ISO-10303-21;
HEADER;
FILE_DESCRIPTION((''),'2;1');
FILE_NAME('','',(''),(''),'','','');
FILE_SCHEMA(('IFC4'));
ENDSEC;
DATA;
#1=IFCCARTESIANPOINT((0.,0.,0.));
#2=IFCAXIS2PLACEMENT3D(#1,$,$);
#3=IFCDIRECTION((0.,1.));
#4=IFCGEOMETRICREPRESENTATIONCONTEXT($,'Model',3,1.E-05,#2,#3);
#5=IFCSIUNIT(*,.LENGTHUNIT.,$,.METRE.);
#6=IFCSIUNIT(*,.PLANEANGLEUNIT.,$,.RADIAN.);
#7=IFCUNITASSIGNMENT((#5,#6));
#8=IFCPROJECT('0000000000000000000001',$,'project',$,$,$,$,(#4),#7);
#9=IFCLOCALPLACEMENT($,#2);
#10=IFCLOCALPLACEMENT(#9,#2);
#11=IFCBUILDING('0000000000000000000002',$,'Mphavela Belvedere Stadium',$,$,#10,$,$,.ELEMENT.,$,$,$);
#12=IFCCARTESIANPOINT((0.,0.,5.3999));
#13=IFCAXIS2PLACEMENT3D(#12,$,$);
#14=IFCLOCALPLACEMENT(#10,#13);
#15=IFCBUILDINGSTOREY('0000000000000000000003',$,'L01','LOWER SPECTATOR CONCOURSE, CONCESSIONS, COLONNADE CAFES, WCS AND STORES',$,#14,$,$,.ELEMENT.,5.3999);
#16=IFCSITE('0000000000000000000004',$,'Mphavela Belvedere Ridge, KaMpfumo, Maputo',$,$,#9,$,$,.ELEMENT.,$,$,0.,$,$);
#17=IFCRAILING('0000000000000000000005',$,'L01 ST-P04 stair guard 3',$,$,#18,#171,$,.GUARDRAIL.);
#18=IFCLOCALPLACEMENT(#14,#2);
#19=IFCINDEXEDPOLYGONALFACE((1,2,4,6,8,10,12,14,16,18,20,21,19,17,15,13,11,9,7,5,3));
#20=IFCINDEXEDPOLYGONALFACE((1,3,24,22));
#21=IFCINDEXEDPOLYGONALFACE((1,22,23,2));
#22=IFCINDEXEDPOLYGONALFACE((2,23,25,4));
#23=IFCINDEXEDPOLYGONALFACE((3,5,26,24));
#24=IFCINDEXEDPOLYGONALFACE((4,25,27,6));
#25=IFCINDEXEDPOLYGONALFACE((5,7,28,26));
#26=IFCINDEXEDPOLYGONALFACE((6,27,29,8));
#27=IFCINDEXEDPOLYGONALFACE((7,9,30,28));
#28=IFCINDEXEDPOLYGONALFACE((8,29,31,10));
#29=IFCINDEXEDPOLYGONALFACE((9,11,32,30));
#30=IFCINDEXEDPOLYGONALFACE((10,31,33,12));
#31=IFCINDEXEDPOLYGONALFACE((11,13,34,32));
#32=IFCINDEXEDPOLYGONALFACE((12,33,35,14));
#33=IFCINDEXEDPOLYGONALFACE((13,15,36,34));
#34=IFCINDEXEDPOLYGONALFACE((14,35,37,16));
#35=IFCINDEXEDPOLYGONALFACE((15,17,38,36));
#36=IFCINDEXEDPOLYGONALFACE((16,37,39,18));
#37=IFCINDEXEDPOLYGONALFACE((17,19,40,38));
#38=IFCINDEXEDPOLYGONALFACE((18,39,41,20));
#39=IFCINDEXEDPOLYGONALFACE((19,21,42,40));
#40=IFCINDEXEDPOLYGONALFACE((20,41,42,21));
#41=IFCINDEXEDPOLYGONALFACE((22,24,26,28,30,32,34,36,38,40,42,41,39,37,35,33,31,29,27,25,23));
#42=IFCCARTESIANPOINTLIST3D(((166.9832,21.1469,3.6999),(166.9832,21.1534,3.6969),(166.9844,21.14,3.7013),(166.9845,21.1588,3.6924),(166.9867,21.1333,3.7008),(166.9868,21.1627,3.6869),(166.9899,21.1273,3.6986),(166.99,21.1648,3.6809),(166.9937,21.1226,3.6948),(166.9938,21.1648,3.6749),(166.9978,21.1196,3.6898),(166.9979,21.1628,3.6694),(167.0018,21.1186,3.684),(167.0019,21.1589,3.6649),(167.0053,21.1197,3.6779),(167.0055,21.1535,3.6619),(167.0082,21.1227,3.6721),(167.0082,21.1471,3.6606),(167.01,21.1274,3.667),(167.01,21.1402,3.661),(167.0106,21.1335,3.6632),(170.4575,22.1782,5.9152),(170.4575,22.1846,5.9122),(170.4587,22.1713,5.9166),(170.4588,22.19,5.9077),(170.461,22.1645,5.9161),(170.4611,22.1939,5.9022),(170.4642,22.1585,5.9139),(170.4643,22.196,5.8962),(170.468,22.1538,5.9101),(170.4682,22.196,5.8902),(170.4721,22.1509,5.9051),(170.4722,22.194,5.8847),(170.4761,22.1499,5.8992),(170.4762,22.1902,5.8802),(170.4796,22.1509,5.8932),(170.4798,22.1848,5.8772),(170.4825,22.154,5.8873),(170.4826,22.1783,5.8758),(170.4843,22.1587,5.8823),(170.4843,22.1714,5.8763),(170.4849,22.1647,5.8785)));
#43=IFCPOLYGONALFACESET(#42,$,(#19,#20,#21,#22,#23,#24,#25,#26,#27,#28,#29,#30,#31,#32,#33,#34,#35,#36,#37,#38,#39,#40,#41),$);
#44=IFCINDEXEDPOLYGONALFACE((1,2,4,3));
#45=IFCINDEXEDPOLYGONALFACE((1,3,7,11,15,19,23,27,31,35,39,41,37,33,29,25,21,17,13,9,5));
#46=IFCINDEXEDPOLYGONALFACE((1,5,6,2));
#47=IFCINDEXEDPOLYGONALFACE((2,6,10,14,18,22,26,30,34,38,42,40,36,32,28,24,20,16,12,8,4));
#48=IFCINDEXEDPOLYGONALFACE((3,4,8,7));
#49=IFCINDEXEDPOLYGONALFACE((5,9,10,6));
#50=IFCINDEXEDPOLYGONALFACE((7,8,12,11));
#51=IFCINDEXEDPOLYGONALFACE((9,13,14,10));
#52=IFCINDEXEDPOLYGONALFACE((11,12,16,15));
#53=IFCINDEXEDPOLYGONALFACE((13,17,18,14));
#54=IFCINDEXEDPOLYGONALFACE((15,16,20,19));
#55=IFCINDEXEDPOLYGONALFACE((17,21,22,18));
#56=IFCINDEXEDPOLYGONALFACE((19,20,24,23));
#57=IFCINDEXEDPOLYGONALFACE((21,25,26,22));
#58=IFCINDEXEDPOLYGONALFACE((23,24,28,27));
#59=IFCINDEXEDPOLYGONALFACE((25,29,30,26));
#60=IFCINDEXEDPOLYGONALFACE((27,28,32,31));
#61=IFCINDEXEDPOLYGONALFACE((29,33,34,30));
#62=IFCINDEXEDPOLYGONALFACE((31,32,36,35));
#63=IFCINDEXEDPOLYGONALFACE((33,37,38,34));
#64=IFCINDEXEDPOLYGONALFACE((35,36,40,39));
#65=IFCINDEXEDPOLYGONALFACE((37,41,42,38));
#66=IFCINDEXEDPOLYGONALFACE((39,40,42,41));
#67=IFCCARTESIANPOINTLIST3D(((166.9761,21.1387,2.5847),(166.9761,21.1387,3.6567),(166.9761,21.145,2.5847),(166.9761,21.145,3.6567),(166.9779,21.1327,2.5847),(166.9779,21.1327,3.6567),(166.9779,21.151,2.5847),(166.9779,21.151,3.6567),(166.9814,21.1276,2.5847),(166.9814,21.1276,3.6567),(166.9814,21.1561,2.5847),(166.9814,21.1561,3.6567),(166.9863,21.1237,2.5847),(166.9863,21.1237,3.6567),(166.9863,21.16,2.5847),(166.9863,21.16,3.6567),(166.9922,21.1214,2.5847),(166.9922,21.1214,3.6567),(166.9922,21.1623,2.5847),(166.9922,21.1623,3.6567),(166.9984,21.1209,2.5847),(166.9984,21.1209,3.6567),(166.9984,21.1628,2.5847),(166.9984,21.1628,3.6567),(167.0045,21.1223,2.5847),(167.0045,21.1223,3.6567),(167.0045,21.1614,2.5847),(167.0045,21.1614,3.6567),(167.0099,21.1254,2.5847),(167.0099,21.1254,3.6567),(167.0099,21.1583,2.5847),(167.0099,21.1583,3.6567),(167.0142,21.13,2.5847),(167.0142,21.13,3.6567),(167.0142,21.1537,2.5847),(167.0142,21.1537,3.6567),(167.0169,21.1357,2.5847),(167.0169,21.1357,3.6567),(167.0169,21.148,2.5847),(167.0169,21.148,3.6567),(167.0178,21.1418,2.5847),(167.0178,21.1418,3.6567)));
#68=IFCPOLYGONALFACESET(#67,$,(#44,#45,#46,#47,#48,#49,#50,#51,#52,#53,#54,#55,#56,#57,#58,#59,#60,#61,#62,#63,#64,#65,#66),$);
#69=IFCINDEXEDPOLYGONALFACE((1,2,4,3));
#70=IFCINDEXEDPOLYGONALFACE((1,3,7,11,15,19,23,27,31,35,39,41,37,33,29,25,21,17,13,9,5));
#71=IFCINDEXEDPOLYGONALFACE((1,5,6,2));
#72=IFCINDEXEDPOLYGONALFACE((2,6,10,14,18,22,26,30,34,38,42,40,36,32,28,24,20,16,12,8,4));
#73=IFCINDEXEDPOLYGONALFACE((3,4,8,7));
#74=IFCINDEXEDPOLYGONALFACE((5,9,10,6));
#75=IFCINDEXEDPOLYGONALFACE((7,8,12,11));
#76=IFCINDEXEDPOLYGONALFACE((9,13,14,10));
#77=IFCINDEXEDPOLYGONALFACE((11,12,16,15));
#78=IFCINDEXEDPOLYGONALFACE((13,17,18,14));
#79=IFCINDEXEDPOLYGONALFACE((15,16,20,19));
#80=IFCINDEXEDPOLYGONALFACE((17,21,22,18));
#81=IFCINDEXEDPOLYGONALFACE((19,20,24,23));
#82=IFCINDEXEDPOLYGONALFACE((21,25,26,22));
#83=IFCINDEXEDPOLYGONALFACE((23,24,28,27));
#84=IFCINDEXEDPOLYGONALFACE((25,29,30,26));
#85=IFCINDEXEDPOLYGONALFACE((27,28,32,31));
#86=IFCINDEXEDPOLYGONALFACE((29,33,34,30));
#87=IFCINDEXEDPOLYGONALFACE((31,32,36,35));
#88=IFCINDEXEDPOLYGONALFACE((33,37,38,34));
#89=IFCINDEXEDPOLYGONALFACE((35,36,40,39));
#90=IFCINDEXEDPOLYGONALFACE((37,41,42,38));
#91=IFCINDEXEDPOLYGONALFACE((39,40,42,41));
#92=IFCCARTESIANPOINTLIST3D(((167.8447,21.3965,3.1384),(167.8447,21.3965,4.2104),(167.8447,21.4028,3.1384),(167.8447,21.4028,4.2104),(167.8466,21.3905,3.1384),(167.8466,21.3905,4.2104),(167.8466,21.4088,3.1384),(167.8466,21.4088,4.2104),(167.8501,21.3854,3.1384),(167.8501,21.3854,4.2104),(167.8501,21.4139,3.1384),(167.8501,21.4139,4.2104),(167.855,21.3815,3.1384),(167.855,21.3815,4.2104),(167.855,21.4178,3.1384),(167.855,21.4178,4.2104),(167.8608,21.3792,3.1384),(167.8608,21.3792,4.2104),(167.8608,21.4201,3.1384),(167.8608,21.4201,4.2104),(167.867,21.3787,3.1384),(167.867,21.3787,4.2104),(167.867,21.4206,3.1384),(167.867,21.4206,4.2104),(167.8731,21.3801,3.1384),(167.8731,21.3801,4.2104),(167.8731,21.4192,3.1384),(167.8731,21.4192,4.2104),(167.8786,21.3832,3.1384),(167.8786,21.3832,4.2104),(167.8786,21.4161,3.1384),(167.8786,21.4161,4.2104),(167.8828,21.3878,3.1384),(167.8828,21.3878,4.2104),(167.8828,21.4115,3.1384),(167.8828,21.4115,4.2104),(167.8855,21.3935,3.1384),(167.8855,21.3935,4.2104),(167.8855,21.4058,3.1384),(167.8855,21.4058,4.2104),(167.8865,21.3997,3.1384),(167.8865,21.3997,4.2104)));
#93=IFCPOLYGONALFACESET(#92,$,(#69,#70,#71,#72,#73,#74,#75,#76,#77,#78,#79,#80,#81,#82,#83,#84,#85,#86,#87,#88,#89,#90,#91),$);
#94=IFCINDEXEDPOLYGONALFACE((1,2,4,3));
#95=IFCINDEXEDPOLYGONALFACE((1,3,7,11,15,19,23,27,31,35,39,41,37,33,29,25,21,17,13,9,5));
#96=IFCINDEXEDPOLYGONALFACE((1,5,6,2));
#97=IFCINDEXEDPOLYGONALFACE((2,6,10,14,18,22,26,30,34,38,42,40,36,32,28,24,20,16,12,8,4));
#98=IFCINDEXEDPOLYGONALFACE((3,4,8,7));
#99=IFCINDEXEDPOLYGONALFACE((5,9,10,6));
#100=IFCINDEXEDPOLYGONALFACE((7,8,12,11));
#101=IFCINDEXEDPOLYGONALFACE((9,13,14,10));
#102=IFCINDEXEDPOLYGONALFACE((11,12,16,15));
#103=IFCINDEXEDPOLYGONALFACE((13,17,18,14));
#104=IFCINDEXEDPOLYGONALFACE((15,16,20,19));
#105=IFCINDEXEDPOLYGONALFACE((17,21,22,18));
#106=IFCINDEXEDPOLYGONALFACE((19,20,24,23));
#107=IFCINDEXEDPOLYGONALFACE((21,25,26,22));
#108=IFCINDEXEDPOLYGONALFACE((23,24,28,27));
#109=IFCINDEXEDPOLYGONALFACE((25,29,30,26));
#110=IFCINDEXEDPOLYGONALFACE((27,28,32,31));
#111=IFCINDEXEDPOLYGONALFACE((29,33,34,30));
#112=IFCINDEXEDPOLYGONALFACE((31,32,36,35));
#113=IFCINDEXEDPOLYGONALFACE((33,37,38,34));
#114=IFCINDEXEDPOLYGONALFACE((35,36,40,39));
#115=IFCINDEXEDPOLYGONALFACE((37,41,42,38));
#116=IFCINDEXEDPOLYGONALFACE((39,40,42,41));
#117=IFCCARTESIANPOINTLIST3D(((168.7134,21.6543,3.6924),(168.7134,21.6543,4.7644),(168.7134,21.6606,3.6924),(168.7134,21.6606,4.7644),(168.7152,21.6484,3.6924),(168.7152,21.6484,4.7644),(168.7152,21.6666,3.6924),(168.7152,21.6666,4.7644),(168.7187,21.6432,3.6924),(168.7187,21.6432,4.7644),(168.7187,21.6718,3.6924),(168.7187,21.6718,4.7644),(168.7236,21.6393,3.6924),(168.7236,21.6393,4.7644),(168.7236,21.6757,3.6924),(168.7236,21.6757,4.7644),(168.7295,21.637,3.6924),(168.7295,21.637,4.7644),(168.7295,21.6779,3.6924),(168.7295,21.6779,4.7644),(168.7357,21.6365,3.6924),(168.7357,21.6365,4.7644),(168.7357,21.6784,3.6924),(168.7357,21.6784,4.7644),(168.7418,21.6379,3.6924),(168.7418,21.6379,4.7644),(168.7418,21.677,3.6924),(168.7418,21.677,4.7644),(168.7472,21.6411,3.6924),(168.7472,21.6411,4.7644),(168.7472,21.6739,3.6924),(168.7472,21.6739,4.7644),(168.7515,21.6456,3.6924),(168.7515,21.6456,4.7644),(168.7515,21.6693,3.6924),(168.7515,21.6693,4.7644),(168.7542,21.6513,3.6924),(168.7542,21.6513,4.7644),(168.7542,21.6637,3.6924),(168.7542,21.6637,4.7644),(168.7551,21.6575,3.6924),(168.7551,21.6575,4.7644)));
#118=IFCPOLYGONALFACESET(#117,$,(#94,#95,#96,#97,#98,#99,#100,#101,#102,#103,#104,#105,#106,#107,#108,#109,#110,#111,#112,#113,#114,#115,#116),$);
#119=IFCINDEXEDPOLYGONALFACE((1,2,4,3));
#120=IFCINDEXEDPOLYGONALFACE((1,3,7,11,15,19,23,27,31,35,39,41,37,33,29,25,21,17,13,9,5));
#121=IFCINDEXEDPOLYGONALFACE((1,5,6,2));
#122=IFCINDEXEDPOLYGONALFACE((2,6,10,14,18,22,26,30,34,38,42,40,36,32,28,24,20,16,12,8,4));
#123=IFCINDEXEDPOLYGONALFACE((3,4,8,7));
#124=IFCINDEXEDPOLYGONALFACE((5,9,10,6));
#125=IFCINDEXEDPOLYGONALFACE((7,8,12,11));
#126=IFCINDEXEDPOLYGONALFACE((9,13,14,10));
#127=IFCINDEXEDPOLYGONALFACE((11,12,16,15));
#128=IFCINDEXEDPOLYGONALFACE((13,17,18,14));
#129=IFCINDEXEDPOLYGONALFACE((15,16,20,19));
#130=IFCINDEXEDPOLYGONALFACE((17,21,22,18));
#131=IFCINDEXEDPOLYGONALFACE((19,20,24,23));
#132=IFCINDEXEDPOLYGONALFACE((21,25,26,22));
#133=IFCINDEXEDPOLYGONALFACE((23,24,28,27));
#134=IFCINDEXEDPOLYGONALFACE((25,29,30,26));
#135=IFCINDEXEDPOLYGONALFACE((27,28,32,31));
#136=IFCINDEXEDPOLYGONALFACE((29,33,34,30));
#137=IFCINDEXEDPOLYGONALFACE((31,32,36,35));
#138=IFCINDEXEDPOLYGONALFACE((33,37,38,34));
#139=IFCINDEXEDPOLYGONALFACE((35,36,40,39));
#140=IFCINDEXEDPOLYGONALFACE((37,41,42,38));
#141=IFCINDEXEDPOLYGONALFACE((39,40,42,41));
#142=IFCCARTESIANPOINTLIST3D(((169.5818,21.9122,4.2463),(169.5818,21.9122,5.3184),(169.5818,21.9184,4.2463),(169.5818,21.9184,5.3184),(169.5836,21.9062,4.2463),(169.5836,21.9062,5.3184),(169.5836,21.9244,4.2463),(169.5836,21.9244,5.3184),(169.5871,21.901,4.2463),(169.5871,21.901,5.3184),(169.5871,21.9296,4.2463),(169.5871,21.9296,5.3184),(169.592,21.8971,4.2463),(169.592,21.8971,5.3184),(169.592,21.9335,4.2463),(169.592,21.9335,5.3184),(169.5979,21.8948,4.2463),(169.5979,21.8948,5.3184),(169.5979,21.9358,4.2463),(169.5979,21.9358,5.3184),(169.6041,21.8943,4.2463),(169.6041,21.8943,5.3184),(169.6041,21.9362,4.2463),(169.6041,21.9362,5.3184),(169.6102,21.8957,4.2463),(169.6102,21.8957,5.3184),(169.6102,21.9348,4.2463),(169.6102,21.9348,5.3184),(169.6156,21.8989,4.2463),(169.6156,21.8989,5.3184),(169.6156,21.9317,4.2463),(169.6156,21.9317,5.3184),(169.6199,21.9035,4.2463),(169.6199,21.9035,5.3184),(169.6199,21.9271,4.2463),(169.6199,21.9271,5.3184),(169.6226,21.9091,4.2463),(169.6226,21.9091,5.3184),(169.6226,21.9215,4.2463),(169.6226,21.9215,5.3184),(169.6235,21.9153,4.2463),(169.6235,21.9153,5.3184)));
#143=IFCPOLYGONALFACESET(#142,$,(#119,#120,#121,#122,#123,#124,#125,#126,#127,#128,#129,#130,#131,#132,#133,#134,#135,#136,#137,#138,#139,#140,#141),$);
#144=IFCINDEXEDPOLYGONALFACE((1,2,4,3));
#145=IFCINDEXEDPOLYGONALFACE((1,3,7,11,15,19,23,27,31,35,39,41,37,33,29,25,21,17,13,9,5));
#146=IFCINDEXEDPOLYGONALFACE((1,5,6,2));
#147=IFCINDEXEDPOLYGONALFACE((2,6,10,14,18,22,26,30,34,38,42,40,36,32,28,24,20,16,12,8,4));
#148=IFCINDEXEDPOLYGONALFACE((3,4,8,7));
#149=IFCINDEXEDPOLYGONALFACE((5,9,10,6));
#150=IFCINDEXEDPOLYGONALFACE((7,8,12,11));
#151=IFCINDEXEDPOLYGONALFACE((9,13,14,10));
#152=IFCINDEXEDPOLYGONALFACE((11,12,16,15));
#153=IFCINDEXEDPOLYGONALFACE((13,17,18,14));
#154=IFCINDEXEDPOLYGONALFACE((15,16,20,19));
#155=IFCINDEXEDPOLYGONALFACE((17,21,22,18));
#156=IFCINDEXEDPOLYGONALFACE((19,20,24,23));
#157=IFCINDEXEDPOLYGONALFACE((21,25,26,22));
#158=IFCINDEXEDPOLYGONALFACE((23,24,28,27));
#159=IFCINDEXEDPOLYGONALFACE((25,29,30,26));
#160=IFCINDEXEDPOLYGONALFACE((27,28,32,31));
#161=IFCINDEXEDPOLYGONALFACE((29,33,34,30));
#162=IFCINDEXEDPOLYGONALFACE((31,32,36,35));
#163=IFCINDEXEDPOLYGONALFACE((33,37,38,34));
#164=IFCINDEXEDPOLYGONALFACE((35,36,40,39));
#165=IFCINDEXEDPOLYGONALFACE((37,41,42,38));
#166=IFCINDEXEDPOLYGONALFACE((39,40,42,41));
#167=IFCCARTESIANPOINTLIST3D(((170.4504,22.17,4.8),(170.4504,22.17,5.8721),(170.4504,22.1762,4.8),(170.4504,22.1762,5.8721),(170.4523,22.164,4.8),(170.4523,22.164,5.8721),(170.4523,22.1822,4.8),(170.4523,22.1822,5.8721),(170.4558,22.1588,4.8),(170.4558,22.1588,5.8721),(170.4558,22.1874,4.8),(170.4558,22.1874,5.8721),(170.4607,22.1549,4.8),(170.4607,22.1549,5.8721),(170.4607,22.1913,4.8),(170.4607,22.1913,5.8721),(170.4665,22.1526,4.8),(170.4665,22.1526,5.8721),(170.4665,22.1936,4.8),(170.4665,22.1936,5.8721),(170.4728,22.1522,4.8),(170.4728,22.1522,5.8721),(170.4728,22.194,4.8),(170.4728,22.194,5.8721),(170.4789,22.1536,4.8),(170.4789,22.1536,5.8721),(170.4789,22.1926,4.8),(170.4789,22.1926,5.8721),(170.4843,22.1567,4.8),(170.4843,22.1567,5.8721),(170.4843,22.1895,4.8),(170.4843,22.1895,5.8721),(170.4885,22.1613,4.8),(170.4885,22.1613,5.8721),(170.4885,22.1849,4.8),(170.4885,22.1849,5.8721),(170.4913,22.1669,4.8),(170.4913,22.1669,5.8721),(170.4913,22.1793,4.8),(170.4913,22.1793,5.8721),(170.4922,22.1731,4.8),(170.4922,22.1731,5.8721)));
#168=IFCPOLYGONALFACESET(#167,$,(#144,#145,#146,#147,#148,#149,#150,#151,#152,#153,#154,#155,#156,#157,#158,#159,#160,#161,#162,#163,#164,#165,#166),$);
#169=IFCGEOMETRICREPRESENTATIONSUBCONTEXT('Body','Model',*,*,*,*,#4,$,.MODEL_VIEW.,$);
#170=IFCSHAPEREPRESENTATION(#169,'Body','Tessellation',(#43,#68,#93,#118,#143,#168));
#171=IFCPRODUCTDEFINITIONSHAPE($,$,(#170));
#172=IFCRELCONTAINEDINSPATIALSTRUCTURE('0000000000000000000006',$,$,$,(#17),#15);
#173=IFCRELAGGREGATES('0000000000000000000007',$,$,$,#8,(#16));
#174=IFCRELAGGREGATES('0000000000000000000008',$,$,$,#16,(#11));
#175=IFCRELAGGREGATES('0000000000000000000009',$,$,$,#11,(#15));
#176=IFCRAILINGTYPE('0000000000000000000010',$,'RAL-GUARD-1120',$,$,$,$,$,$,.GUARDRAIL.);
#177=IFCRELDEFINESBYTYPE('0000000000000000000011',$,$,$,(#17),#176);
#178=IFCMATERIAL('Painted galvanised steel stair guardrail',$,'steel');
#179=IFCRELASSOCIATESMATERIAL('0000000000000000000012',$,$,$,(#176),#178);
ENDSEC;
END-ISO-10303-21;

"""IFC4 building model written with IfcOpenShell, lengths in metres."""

from ifc_helpers import new_model, si_unit, direction, frame, origin, origin_2d, place, context, subcontext, project, spatial, circle, extrude, material, type_object, element, save


model = new_model("IFC4")

# Units and contexts
model_context = context("Model", 3, precision=1e-05, world=origin(), true_north=direction((0.0, 1.0)))
body_context = subcontext(model_context, "Body", "Model", "MODEL_VIEW")
ifc_project = project(units=[si_unit("LENGTHUNIT", "METRE"), si_unit("PLANEANGLEUNIT", "RADIAN")], contexts=[model_context])

# Site, building, storey
site_placement = place(None, origin())
site = spatial("IfcSite", under=ifc_project, at=site_placement, Name="Mphavela Belvedere Ridge, KaMpfumo, Maputo", CompositionType="ELEMENT", RefElevation=0.0)
building_placement = place(site_placement, origin())
building = spatial("IfcBuilding", under=site, at=building_placement, Name="Mphavela Belvedere Stadium", CompositionType="ELEMENT")
storey_placement = place(building_placement, frame((0.0, 0.0, 5.3999)))
storey = spatial("IfcBuildingStorey", under=building, at=storey_placement, Name="L01", Description="LOWER SPECTATOR CONCOURSE, CONCESSIONS, COLONNADE CAFES, WCS AND STORES", CompositionType="ELEMENT", Elevation=5.3999)

# Railing
ifc_material_1 = material(Name="Painted galvanised steel stair guardrail", Category="steel")
railing_type_1 = type_object("IfcRailingType", Name="RAL-GUARD-1120", PredefinedType="GUARDRAIL", material=ifc_material_1)
railing_1_placement = place(storey_placement, frame((166.9968, 21.1418, 2.5847)))
element("IfcRailing", 1, at=railing_1_placement, inside=storey, type_object=railing_type_1, Name="L01 ST-P04 stair guard 3", PredefinedType="GUARDRAIL", context=body_context, shape_type="SweptSolid", body=[
    extrude(circle(Radius=0.0239, at=origin_2d()), frame((0.0, 0.0, 1.0962), z_axis=(0.817953, 0.242782, 0.521545), x_axis=(-0.284547, 0.958662, 0.0)), (0.0, 0.0, 1.0), 4.2476),
    extrude(circle(Radius=0.021, at=origin_2d()), origin(), (0.0, 0.0, 1.0), 1.072),
    extrude(circle(Radius=0.021, at=origin_2d()), frame((0.8687, 0.2578, 0.5537)), (0.0, 0.0, 1.0), 1.072),
    extrude(circle(Radius=0.021, at=origin_2d()), frame((1.7373, 0.5156, 1.1077)), (0.0, 0.0, 1.0), 1.072),
    extrude(circle(Radius=0.021, at=origin_2d()), frame((2.6057, 0.7734, 1.6616)), (0.0, 0.0, 1.0), 1.072),
    extrude(circle(Radius=0.021, at=origin_2d()), frame((3.4744, 1.0312, 2.2153)), (0.0, 0.0, 1.0), 1.072),
])

save(model, "model.ifc")
